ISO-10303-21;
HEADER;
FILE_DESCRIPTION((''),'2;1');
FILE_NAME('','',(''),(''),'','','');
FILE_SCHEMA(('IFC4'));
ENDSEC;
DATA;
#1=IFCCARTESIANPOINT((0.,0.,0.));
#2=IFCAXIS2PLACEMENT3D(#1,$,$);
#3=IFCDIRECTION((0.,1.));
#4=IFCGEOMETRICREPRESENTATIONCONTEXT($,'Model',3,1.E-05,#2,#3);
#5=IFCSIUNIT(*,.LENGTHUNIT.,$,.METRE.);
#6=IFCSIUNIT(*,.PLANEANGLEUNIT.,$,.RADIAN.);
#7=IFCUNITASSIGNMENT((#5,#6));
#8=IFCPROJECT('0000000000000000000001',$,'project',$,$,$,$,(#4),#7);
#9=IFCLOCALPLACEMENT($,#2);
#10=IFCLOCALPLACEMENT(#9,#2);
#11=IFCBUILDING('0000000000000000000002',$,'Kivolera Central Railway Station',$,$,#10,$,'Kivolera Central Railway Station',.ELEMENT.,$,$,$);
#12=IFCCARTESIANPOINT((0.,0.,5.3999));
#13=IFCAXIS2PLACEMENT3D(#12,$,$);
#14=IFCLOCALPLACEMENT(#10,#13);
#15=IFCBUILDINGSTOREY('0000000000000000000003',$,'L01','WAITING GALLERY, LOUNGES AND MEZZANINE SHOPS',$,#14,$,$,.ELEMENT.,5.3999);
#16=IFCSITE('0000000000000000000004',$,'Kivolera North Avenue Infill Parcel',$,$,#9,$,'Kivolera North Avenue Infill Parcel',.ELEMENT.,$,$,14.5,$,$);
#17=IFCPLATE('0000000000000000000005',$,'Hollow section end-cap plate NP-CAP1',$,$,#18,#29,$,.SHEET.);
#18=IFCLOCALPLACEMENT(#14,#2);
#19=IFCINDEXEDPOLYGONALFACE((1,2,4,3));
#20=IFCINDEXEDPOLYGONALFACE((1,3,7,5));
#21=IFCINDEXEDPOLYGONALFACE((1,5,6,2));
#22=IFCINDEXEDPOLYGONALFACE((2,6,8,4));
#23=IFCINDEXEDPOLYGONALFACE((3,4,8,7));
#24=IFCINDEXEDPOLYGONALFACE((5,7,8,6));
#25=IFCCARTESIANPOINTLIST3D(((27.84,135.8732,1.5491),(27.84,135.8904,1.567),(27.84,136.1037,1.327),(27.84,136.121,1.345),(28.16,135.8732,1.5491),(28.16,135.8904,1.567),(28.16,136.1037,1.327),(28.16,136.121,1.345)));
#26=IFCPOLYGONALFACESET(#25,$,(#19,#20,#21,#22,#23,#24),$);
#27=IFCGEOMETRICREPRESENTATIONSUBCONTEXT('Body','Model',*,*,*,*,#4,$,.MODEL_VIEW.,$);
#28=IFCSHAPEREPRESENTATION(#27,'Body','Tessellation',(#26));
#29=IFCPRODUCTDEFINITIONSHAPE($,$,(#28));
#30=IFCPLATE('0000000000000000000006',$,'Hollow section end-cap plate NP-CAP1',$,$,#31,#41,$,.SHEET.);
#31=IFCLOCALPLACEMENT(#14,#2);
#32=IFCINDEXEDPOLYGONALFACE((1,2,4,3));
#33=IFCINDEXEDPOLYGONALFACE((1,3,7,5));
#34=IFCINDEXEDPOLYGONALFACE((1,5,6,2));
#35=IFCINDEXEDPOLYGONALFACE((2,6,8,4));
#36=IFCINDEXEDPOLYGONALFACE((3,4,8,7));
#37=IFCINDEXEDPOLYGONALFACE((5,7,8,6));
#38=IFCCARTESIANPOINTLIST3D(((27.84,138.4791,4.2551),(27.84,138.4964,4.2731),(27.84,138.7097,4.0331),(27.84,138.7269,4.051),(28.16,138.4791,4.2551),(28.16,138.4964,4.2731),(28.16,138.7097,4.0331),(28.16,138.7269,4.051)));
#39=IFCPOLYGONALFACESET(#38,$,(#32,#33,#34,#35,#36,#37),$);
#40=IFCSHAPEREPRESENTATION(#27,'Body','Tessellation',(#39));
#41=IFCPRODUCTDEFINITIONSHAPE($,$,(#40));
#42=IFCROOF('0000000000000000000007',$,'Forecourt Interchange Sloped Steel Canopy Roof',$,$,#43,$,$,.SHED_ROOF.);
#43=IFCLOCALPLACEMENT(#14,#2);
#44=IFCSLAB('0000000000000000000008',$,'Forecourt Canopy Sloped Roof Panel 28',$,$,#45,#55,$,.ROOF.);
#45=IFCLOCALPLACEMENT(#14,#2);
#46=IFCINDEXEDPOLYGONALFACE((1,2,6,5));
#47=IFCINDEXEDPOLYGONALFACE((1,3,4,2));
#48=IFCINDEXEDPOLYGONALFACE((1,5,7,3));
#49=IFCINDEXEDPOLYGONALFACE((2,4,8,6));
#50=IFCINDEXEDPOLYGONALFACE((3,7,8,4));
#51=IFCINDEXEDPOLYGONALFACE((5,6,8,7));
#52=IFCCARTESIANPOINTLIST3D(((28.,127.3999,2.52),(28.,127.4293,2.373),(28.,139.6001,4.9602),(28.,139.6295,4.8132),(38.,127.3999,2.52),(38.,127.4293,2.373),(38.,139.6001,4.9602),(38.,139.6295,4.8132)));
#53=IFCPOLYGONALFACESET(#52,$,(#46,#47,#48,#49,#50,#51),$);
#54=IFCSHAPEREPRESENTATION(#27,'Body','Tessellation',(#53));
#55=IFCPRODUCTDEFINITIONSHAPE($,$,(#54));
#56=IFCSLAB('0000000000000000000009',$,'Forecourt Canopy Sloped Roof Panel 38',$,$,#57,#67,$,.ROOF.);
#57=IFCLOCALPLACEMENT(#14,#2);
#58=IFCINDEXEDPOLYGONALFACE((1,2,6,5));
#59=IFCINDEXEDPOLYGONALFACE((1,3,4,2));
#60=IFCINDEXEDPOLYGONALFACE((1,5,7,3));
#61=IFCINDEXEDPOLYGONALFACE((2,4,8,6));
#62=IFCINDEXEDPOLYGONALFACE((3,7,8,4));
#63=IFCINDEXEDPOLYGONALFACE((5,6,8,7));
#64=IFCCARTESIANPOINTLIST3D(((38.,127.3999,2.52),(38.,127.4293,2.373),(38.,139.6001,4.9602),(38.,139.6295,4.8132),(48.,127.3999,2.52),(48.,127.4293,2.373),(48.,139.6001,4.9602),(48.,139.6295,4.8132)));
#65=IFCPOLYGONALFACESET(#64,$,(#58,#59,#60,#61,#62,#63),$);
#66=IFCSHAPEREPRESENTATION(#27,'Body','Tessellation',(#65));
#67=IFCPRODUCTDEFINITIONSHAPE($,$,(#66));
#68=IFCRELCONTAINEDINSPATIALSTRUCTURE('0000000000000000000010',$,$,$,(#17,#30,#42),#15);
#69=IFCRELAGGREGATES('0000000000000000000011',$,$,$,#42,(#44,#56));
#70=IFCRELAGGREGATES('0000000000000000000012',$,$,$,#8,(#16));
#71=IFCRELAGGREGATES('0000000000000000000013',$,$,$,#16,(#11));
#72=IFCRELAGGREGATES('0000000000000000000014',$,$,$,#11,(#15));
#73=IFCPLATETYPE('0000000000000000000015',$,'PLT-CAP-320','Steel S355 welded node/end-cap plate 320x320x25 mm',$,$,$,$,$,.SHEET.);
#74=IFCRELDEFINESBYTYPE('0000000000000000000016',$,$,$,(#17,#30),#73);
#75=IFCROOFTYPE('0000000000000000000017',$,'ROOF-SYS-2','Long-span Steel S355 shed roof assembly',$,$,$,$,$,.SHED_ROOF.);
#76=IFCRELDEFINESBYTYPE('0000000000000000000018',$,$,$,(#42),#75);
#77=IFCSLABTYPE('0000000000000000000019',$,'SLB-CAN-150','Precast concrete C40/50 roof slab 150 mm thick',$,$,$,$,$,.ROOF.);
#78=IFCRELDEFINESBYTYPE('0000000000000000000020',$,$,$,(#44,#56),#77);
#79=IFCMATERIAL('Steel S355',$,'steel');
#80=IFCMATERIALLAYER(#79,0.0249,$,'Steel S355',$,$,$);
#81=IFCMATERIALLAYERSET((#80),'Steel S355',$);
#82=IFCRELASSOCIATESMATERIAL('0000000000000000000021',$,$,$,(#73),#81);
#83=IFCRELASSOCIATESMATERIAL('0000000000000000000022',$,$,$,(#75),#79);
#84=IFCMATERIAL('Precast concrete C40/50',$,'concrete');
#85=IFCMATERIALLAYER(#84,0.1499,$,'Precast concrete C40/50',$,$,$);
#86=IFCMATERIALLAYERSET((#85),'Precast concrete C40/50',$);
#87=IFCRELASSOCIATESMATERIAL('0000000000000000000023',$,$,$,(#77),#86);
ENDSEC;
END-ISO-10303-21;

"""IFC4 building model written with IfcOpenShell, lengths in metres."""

from ifc_helpers import new_model, si_unit, direction, frame, origin, origin_2d, place, context, subcontext, project, spatial, polyline, rectangle, outline, extrude, material, layer, layer_set, type_object, element, aggregate, save


model = new_model("IFC4")

# Units and contexts
model_context = context("Model", 3, precision=1e-05, world=origin(), true_north=direction((0.0, 1.0)))
body_context = subcontext(model_context, "Body", "Model", "MODEL_VIEW")
ifc_project = project(units=[si_unit("LENGTHUNIT", "METRE"), si_unit("PLANEANGLEUNIT", "RADIAN")], contexts=[model_context])

# Site, building, storey
site_placement = place(None, origin())
site = spatial("IfcSite", under=ifc_project, at=site_placement, Name="Kivolera North Avenue Infill Parcel", LongName="Kivolera North Avenue Infill Parcel", CompositionType="ELEMENT", RefElevation=14.5)
building_placement = place(site_placement, origin())
building = spatial("IfcBuilding", under=site, at=building_placement, Name="Kivolera Central Railway Station", LongName="Kivolera Central Railway Station", CompositionType="ELEMENT")
storey_placement = place(building_placement, frame((0.0, 0.0, 5.3999)))
storey = spatial("IfcBuildingStorey", under=building, at=storey_placement, Name="L01", Description="WAITING GALLERY, LOUNGES AND MEZZANINE SHOPS", CompositionType="ELEMENT", Elevation=5.3999)

# Shared definitions
ifc_material_1 = material(Name="Steel S355", Category="steel")

# Plates
ifc_layer_1 = layer(ifc_material_1, 0.0249, Name="Steel S355")
ifc_layer_set_1 = layer_set([ifc_layer_1], Name="Steel S355")
plate_type_1 = type_object("IfcPlateType", Name="PLT-CAP-320", Description="Steel S355 welded node/end-cap plate 320x320x25 mm", PredefinedType="SHEET", material=ifc_layer_set_1)
for number, where, z_axis, x_axis, name in (
    (1, (28.0, 135.9971, 1.447), (0.0, 0.693642, 0.72032), (-1.0, 0.0, 0.0), "Hollow section end-cap plate NP-CAP1"),
    (2, (28.0, 138.603, 4.1531), (0.0, 0.693642, 0.72032), (-1.0, 0.0, 0.0), "Hollow section end-cap plate NP-CAP1"),
):
    element("IfcPlate", number, at=place(storey_placement, frame(where, z_axis=z_axis, x_axis=x_axis)), inside=storey, type_object=plate_type_1, Name=name, PredefinedType="SHEET", context=body_context, shape_type="SweptSolid", body=[
        extrude(rectangle(XDim=0.3201, YDim=0.3201, at=origin_2d()), frame((0.0, 0.0, -0.0125)), (0.0, 0.0, 1.0), 0.0249),
    ])

# Roof, slabs
roof_type = type_object("IfcRoofType", Name="ROOF-SYS-2", Description="Long-span Steel S355 shed roof assembly", PredefinedType="SHED_ROOF", material=ifc_material_1)
roof_placement = place(storey_placement, origin())
roof = element("IfcRoof", 3, at=roof_placement, inside=storey, type_object=roof_type, Name="Forecourt Interchange Sloped Steel Canopy Roof", PredefinedType="SHED_ROOF")
ifc_material_2 = material(Name="Precast concrete C40/50", Category="concrete")
ifc_layer_2 = layer(ifc_material_2, 0.1499, Name="Precast concrete C40/50")
ifc_layer_set_2 = layer_set([ifc_layer_2], Name="Precast concrete C40/50")
slab_type = type_object("IfcSlabType", Name="SLB-CAN-150", Description="Precast concrete C40/50 roof slab 150 mm thick", PredefinedType="ROOF", material=ifc_layer_set_2)
slab_1_placement = place(storey_placement, frame((28.0, 127.3999, 2.52), z_axis=(0.0, -0.196127, 0.980578), x_axis=(1.0, 0.0, 0.0)))
slab_1 = element("IfcSlab", 4, at=slab_1_placement, type_object=slab_type, Name="Forecourt Canopy Sloped Roof Panel 28", PredefinedType="ROOF", context=body_context, shape_type="SweptSolid", body=[
    extrude(outline(polyline([(0.0, 0.0), (10.0, 0.0), (10.0, 12.4418), (0.0, 12.4418), (0.0, 0.0)])), origin(), (0.0, 0.0, -1.0), 0.1499),
])
slab_2_placement = place(storey_placement, frame((38.0, 127.3999, 2.52), z_axis=(0.0, -0.196127, 0.980578), x_axis=(1.0, 0.0, 0.0)))
slab_2 = element("IfcSlab", 5, at=slab_2_placement, type_object=slab_type, Name="Forecourt Canopy Sloped Roof Panel 38", PredefinedType="ROOF", context=body_context, shape_type="SweptSolid", body=[
    extrude(outline(polyline([(0.0, 0.0), (10.0, 0.0), (10.0, 12.4418), (0.0, 12.4418), (0.0, 0.0)])), origin(), (0.0, 0.0, -1.0), 0.1499),
])
aggregate(roof, [slab_1, slab_2])

save(model, "model.ifc")
